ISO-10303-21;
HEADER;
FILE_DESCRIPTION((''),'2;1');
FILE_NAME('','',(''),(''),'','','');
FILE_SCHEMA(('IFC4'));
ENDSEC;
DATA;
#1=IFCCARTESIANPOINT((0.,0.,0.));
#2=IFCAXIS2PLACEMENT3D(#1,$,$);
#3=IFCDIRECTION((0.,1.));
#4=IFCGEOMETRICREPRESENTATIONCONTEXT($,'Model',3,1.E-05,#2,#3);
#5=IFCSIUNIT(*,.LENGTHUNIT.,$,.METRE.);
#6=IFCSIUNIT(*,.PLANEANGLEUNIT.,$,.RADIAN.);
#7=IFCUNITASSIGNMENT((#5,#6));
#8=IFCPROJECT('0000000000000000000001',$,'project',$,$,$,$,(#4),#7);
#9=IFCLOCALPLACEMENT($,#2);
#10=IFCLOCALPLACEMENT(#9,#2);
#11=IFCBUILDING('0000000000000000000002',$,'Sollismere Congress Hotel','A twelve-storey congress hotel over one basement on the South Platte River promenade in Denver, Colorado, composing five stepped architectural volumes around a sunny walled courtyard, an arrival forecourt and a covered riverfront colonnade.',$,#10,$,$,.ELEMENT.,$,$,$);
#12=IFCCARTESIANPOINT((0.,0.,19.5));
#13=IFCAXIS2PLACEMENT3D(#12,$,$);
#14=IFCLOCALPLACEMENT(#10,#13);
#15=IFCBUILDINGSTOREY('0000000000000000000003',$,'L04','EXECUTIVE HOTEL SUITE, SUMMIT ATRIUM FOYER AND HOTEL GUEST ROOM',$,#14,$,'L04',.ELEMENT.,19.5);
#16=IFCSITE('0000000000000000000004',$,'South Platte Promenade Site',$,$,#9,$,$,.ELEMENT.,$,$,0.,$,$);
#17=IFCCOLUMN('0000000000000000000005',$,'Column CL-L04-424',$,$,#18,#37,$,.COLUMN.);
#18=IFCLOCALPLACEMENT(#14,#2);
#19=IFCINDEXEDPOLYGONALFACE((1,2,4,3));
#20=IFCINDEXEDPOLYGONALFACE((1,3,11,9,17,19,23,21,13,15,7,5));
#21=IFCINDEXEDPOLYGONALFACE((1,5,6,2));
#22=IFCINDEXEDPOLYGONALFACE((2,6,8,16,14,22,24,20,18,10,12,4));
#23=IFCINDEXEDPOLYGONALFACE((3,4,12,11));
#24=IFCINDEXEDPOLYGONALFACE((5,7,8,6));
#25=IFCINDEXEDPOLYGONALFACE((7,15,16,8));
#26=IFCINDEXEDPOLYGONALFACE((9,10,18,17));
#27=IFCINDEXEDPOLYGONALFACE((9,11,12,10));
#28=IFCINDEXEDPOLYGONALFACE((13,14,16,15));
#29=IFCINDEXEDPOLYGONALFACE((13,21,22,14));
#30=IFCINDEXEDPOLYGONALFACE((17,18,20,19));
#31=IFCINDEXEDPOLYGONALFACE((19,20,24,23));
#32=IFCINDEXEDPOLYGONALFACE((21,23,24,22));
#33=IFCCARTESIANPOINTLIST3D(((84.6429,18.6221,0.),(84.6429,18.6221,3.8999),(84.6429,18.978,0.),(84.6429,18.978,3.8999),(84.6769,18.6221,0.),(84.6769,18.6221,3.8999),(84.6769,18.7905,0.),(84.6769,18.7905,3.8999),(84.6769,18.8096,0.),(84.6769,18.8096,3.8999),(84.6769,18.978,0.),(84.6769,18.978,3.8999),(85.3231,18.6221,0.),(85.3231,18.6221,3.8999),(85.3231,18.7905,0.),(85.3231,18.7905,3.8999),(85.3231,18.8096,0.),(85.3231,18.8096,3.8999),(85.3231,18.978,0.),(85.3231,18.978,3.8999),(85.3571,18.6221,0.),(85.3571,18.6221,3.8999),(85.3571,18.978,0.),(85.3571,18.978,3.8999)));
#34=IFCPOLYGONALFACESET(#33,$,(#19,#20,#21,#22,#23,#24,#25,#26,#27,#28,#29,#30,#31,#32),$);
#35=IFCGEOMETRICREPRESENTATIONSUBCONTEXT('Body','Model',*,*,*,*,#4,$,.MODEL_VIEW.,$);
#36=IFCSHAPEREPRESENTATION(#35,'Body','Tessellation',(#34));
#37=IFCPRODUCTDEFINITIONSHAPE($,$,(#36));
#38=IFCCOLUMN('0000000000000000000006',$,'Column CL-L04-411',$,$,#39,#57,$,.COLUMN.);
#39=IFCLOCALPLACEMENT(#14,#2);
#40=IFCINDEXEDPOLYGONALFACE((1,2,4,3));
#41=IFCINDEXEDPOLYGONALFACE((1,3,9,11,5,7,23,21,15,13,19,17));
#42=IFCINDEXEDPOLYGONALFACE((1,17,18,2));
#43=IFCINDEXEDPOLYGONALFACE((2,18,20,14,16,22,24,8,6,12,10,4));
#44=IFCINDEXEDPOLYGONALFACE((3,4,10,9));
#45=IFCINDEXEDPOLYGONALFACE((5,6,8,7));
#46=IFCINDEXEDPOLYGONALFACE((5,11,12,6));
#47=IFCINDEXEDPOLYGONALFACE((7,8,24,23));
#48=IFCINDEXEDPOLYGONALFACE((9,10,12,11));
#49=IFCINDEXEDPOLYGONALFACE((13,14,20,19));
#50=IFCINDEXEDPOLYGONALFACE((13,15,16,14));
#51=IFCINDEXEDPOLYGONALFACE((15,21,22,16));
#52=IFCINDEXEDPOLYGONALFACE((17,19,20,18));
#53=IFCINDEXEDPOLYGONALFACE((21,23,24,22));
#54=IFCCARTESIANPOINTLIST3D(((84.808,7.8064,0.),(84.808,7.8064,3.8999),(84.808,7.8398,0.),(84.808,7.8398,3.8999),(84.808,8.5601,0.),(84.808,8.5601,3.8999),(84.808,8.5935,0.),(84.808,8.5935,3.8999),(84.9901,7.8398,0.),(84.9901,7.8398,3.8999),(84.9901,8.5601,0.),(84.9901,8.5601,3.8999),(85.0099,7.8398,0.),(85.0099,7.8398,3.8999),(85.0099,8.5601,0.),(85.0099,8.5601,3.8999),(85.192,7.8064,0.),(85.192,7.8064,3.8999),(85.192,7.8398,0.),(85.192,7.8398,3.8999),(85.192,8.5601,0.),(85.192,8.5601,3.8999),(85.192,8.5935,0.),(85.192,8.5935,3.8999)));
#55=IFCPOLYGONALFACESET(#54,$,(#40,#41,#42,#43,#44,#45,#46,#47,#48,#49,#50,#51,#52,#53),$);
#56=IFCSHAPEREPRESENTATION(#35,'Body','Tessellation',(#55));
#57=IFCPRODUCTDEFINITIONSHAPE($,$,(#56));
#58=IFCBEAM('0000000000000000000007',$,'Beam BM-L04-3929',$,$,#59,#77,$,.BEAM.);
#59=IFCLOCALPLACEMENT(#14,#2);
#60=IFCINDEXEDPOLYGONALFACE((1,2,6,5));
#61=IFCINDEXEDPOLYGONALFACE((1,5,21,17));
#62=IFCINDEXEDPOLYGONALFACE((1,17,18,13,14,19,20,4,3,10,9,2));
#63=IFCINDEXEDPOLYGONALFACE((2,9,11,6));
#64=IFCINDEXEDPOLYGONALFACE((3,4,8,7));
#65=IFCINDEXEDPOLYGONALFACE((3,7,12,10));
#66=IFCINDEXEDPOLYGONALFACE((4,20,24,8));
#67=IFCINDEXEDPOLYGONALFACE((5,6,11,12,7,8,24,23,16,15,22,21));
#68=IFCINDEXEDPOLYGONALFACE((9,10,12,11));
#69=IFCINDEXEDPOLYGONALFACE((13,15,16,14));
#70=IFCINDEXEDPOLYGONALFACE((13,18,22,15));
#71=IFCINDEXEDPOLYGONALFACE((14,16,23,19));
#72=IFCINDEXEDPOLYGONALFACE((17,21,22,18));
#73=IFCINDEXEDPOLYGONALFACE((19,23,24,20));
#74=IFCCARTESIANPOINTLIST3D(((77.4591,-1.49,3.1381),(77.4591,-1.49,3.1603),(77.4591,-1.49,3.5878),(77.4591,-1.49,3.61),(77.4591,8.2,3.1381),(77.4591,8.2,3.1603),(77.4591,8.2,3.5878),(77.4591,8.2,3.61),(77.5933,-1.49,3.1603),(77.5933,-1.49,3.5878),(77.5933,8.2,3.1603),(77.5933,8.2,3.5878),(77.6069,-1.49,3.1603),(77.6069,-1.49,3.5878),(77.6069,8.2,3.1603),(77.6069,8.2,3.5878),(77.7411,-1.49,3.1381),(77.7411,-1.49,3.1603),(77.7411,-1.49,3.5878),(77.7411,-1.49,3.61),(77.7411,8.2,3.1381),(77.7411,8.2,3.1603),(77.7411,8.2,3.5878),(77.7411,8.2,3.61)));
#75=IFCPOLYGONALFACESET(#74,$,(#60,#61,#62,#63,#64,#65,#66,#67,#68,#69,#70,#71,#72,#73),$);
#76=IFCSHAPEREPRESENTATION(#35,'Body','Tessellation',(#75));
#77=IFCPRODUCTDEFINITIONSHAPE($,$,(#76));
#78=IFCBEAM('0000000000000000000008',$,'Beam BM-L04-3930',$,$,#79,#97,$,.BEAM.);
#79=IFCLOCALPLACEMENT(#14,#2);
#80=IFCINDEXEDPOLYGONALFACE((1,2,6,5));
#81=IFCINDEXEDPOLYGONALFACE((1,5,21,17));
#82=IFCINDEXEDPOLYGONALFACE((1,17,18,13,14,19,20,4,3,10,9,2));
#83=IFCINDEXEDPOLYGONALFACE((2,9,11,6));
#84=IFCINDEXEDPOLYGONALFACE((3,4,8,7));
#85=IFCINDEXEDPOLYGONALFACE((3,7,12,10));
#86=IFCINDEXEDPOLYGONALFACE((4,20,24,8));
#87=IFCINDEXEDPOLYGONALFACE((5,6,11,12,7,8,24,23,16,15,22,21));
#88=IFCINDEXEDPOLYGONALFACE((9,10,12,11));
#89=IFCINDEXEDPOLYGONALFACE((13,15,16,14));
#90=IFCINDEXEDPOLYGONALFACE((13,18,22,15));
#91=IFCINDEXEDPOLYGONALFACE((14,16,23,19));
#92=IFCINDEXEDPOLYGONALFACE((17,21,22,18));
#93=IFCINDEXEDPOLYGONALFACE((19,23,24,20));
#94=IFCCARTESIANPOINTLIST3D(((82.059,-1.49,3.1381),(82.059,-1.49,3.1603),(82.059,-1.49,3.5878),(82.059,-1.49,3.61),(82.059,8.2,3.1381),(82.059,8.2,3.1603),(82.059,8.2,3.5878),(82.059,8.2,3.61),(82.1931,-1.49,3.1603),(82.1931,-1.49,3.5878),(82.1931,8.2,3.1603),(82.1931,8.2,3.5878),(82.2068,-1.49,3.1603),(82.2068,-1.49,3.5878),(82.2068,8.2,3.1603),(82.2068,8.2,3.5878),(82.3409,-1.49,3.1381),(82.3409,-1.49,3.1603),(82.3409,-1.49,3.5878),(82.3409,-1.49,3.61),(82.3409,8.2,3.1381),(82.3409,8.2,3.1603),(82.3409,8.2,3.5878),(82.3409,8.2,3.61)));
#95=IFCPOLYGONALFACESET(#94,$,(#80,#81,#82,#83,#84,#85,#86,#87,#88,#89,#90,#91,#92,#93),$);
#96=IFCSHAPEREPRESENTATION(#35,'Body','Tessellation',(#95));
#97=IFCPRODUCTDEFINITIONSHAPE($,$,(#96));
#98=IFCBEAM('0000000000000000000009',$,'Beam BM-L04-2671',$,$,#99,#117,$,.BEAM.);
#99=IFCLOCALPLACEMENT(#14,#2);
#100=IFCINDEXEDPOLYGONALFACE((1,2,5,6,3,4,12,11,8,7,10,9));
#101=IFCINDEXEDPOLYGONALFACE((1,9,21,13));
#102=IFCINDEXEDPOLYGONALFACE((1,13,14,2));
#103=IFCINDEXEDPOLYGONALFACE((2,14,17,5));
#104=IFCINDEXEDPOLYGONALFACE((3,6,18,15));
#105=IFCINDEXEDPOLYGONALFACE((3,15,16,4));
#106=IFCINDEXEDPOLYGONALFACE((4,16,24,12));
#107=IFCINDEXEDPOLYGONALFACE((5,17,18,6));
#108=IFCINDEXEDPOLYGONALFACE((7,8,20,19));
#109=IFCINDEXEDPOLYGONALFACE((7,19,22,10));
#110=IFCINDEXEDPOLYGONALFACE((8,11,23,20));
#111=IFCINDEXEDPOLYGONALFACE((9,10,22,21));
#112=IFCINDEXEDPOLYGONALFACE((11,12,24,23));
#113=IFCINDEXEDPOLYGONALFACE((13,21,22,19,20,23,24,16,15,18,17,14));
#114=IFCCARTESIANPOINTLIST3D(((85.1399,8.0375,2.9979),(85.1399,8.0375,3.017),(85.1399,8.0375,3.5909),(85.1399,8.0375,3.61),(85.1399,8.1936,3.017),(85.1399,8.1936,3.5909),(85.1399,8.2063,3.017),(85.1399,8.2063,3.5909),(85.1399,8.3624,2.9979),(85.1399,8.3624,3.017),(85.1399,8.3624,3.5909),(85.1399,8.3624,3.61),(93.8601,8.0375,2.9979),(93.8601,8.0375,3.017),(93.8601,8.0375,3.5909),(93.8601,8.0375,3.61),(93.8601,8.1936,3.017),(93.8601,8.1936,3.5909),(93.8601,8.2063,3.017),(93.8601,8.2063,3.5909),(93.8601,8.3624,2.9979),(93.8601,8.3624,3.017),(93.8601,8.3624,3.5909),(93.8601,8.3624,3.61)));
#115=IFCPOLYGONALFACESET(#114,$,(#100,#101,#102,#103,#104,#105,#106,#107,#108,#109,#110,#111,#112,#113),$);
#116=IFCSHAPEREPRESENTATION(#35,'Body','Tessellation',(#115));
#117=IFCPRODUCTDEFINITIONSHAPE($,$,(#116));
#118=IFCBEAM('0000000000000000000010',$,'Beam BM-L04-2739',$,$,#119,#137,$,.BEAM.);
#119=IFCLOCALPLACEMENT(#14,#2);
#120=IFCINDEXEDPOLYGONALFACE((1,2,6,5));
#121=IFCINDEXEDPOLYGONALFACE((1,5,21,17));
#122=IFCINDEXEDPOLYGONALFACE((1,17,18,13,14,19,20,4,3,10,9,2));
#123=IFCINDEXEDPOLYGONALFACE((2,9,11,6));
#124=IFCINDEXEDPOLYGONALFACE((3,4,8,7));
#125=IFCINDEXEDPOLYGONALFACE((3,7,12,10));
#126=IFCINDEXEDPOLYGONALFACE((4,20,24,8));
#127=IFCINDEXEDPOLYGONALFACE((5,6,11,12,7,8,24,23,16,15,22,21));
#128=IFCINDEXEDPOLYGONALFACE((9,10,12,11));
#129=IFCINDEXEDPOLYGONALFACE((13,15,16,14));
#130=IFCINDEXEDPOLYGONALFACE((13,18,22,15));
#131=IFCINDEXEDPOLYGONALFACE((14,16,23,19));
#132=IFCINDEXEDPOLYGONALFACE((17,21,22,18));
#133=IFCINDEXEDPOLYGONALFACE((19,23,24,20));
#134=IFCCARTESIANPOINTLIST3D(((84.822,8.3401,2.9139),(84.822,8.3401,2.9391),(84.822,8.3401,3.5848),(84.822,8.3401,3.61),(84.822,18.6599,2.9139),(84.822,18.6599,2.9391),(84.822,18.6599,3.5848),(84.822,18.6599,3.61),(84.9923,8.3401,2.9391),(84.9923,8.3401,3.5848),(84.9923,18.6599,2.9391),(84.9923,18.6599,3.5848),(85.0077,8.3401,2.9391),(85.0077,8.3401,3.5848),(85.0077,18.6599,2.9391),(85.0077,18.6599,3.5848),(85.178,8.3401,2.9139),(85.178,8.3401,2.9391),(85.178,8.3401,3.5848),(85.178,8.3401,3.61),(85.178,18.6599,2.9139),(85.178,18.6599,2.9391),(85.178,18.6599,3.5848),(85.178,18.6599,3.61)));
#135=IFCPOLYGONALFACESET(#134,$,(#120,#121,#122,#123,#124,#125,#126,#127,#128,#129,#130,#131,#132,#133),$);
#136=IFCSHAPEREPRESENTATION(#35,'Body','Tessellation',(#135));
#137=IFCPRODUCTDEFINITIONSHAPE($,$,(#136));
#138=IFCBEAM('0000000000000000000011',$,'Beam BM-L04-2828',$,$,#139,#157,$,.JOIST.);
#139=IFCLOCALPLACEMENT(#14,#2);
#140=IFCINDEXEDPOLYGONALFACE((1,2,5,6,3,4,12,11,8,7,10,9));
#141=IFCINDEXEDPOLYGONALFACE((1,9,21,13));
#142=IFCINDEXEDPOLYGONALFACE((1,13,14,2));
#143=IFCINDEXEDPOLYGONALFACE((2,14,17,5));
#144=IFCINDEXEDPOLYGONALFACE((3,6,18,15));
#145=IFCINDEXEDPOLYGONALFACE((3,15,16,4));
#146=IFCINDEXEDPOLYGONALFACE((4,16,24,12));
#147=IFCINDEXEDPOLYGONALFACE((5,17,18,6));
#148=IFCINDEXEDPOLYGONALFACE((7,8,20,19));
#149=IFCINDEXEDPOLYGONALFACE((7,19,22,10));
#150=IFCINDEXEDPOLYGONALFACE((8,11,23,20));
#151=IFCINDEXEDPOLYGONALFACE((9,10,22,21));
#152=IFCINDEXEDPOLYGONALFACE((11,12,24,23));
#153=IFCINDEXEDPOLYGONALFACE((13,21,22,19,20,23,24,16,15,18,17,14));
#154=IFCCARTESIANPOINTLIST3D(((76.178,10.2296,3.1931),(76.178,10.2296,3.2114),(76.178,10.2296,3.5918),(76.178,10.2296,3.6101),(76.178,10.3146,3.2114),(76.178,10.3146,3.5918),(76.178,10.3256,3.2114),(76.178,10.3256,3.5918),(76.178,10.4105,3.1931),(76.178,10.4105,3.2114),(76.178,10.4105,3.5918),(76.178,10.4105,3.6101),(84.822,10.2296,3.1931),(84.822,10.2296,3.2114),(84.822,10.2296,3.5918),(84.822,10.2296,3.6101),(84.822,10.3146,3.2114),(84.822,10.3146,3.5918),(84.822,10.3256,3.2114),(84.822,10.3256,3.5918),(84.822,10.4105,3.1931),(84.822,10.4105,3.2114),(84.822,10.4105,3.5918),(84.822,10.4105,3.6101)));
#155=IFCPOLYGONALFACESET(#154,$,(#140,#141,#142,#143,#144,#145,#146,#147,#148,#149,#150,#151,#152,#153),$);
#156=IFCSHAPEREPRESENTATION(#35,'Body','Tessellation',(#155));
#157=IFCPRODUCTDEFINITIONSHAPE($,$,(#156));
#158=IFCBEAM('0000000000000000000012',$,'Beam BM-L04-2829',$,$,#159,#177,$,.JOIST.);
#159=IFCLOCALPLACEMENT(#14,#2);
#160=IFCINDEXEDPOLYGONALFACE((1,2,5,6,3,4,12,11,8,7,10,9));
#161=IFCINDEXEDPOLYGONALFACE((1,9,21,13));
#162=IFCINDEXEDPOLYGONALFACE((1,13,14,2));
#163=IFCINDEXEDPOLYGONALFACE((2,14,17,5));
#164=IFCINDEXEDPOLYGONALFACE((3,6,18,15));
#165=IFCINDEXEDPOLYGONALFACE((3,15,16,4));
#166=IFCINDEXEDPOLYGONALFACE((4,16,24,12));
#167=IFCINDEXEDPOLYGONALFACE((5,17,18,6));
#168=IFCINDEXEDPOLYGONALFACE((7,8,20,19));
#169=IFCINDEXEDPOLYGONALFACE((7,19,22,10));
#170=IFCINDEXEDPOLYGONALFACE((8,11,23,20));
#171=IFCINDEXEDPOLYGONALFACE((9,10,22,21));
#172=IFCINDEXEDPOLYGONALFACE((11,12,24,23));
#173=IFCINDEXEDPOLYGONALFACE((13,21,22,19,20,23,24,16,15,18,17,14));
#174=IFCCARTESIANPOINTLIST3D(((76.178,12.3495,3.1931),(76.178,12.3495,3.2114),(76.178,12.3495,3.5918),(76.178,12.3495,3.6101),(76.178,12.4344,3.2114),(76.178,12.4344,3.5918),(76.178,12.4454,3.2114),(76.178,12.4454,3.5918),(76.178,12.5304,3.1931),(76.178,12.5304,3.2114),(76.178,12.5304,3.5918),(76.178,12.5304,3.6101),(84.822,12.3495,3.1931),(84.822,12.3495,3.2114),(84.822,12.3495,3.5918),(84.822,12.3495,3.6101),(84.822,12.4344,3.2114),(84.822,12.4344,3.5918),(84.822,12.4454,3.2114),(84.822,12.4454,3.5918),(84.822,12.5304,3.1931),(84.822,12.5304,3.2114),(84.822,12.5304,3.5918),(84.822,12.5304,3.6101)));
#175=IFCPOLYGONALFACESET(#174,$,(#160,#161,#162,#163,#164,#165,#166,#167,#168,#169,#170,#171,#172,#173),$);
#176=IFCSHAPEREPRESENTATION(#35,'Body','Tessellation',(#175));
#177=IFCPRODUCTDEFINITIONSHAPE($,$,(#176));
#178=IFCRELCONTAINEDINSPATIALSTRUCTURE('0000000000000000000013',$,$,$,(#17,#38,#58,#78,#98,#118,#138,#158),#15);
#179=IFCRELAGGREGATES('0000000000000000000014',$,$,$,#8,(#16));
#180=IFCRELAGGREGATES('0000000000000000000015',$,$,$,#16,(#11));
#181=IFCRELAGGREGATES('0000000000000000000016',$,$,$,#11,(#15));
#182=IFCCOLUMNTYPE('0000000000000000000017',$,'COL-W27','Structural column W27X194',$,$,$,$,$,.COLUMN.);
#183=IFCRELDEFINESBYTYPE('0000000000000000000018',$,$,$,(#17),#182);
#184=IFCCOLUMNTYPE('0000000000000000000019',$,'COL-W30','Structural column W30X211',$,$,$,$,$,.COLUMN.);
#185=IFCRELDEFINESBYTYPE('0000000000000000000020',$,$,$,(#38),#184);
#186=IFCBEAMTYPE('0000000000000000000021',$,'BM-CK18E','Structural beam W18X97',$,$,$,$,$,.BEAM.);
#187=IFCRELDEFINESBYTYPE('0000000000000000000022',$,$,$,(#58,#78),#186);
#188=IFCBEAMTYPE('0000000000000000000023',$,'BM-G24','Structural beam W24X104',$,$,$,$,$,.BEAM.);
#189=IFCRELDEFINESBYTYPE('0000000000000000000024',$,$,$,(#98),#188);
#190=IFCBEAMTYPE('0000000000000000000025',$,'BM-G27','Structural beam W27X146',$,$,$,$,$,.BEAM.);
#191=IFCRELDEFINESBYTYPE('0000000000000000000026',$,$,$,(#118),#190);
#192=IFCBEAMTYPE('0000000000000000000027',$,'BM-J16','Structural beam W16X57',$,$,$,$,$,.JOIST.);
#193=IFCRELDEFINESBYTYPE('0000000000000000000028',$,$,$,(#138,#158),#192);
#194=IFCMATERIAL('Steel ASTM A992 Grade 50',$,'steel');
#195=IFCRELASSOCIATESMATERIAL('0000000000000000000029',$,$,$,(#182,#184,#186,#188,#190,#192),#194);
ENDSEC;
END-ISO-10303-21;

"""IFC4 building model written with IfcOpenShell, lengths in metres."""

from ifc_helpers import new_model, si_unit, direction, frame, origin, origin_2d, place, context, subcontext, project, spatial, i_section, extrude, material, material_profile, profile_set, type_object, element, save


model = new_model("IFC4")

# Units and contexts
model_context = context("Model", 3, precision=1e-05, world=origin(), true_north=direction((0.0, 1.0)))
body_context = subcontext(model_context, "Body", "Model", "MODEL_VIEW")
ifc_project = project(units=[si_unit("LENGTHUNIT", "METRE"), si_unit("PLANEANGLEUNIT", "RADIAN")], contexts=[model_context])

# Site, building, storey
site_placement = place(None, origin())
site = spatial("IfcSite", under=ifc_project, at=site_placement, Name="South Platte Promenade Site", CompositionType="ELEMENT", RefElevation=0.0)
building_placement = place(site_placement, origin())
building = spatial("IfcBuilding", under=site, at=building_placement, Name="Sollismere Congress Hotel", Description="A twelve-storey congress hotel over one basement on the South Platte River promenade in Denver, Colorado, composing five stepped architectural volumes around a sunny walled courtyard, an arrival forecourt and a covered riverfront colonnade.", CompositionType="ELEMENT")
storey_placement = place(building_placement, frame((0.0, 0.0, 19.5)))
storey = spatial("IfcBuildingStorey", under=building, at=storey_placement, Name="L04", Description="EXECUTIVE HOTEL SUITE, SUMMIT ATRIUM FOYER AND HOTEL GUEST ROOM", LongName="L04", CompositionType="ELEMENT", Elevation=19.5)

# Columns
ifc_material_1 = material(Name="Steel ASTM A992 Grade 50", Category="steel")
ifc_material_profile_1 = material_profile(ifc_material_1, i_section(OverallWidth=0.356, OverallDepth=0.7141, WebThickness=0.019, FlangeThickness=0.0339, at=origin_2d()), Name="W27X194")
ifc_profile_set_1 = profile_set([ifc_material_profile_1], Name="Steel ASTM A992 Grade 50")
column_type_1 = type_object("IfcColumnType", Name="COL-W27", Description="Structural column W27X194", PredefinedType="COLUMN", material=ifc_profile_set_1)
column_1_placement = place(storey_placement, frame((85.0, 18.8, 0.0), z_axis=(0.0, 0.0, 1.0), x_axis=(0.0, 1.0, 0.0)))
element("IfcColumn", 1, at=column_1_placement, inside=storey, type_object=column_type_1, Name="Column CL-L04-424", PredefinedType="COLUMN", context=body_context, shape_type="SweptSolid", body=[
    extrude(i_section(OverallWidth=0.356, OverallDepth=0.7141, WebThickness=0.019, FlangeThickness=0.0339, at=origin_2d()), origin(), (0.0, 0.0, 1.0), 3.8999),
])
ifc_material_profile_2 = material_profile(ifc_material_1, i_section(OverallWidth=0.384, OverallDepth=0.7871, WebThickness=0.0198, FlangeThickness=0.0334, at=origin_2d()), Name="W30X211")
ifc_profile_set_2 = profile_set([ifc_material_profile_2], Name="Steel ASTM A992 Grade 50")
column_type_2 = type_object("IfcColumnType", Name="COL-W30", Description="Structural column W30X211", PredefinedType="COLUMN", material=ifc_profile_set_2)
column_2_placement = place(storey_placement, frame((85.0, 8.2, 0.0), z_axis=(0.0, 0.0, 1.0), x_axis=(1.0, 0.0, 0.0)))
element("IfcColumn", 2, at=column_2_placement, inside=storey, type_object=column_type_2, Name="Column CL-L04-411", PredefinedType="COLUMN", context=body_context, shape_type="SweptSolid", body=[
    extrude(i_section(OverallWidth=0.384, OverallDepth=0.7871, WebThickness=0.0198, FlangeThickness=0.0334, at=origin_2d()), origin(), (0.0, 0.0, 1.0), 3.8999),
])

# Beams
ifc_material_profile_3 = material_profile(ifc_material_1, i_section(OverallWidth=0.282, OverallDepth=0.4719, WebThickness=0.0137, FlangeThickness=0.0222, at=origin_2d()), Name="W18X97")
ifc_profile_set_3 = profile_set([ifc_material_profile_3], Name="Steel ASTM A992 Grade 50")
beam_type_1 = type_object("IfcBeamType", Name="BM-CK18E", Description="Structural beam W18X97", PredefinedType="BEAM", material=ifc_profile_set_3)
for number, where, z_axis, x_axis, name in (
    (3, (77.6001, 8.2, 3.374), (0.0, -1.0, 0.0), (1.0, 0.0, 0.0), "Beam BM-L04-3929"),
    (4, (82.2, 8.2, 3.374), (0.0, -1.0, 0.0), (1.0, 0.0, 0.0), "Beam BM-L04-3930"),
):
    element("IfcBeam", number, at=place(storey_placement, frame(where, z_axis=z_axis, x_axis=x_axis)), inside=storey, type_object=beam_type_1, Name=name, PredefinedType="BEAM", context=body_context, shape_type="SweptSolid", body=[
        extrude(i_section(OverallWidth=0.282, OverallDepth=0.4719, WebThickness=0.0137, FlangeThickness=0.0222, at=origin_2d()), origin(), (0.0, 0.0, 1.0), 9.6899),
    ])
ifc_material_profile_4 = material_profile(ifc_material_1, i_section(OverallWidth=0.325, OverallDepth=0.6121, WebThickness=0.0127, FlangeThickness=0.019, at=origin_2d()), Name="W24X104")
ifc_profile_set_4 = profile_set([ifc_material_profile_4], Name="Steel ASTM A992 Grade 50")
beam_type_2 = type_object("IfcBeamType", Name="BM-G24", Description="Structural beam W24X104", PredefinedType="BEAM", material=ifc_profile_set_4)
beam_1_placement = place(storey_placement, frame((85.1399, 8.2, 3.304), z_axis=(1.0, 0.0, 0.0), x_axis=(0.0, 1.0, 0.0)))
element("IfcBeam", 5, at=beam_1_placement, inside=storey, type_object=beam_type_2, Name="Beam BM-L04-2671", PredefinedType="BEAM", context=body_context, shape_type="SweptSolid", body=[
    extrude(i_section(OverallWidth=0.325, OverallDepth=0.6121, WebThickness=0.0127, FlangeThickness=0.019, at=origin_2d()), origin(), (0.0, 0.0, 1.0), 8.7202),
])
ifc_material_profile_5 = material_profile(ifc_material_1, i_section(OverallWidth=0.356, OverallDepth=0.696, WebThickness=0.0154, FlangeThickness=0.0251, at=origin_2d()), Name="W27X146")
ifc_profile_set_5 = profile_set([ifc_material_profile_5], Name="Steel ASTM A992 Grade 50")
beam_type_3 = type_object("IfcBeamType", Name="BM-G27", Description="Structural beam W27X146", PredefinedType="BEAM", material=ifc_profile_set_5)
beam_2_placement = place(storey_placement, frame((85.0, 8.3401, 3.262), z_axis=(0.0, 1.0, 0.0), x_axis=(-1.0, 0.0, 0.0)))
element("IfcBeam", 6, at=beam_2_placement, inside=storey, type_object=beam_type_3, Name="Beam BM-L04-2739", PredefinedType="BEAM", context=body_context, shape_type="SweptSolid", body=[
    extrude(i_section(OverallWidth=0.356, OverallDepth=0.696, WebThickness=0.0154, FlangeThickness=0.0251, at=origin_2d()), origin(), (0.0, 0.0, 1.0), 10.3198),
])
ifc_material_profile_6 = material_profile(ifc_material_1, i_section(OverallWidth=0.1809, OverallDepth=0.417, WebThickness=0.011, FlangeThickness=0.0183, at=origin_2d()), Name="W16X57")
ifc_profile_set_6 = profile_set([ifc_material_profile_6], Name="Steel ASTM A992 Grade 50")
beam_type_4 = type_object("IfcBeamType", Name="BM-J16", Description="Structural beam W16X57", PredefinedType="JOIST", material=ifc_profile_set_6)
for number, where, z_axis, x_axis, name in (
    (7, (76.178, 10.3201, 3.4016), (1.0, 0.0, 0.0), (0.0, 1.0, 0.0), "Beam BM-L04-2828"),
    (8, (76.178, 12.4399, 3.4016), (1.0, 0.0, 0.0), (0.0, 1.0, 0.0), "Beam BM-L04-2829"),
):
    element("IfcBeam", number, at=place(storey_placement, frame(where, z_axis=z_axis, x_axis=x_axis)), inside=storey, type_object=beam_type_4, Name=name, PredefinedType="JOIST", context=body_context, shape_type="SweptSolid", body=[
        extrude(i_section(OverallWidth=0.1809, OverallDepth=0.417, WebThickness=0.011, FlangeThickness=0.0183, at=origin_2d()), origin(), (0.0, 0.0, 1.0), 8.644),
    ])

save(model, "model.ifc")
